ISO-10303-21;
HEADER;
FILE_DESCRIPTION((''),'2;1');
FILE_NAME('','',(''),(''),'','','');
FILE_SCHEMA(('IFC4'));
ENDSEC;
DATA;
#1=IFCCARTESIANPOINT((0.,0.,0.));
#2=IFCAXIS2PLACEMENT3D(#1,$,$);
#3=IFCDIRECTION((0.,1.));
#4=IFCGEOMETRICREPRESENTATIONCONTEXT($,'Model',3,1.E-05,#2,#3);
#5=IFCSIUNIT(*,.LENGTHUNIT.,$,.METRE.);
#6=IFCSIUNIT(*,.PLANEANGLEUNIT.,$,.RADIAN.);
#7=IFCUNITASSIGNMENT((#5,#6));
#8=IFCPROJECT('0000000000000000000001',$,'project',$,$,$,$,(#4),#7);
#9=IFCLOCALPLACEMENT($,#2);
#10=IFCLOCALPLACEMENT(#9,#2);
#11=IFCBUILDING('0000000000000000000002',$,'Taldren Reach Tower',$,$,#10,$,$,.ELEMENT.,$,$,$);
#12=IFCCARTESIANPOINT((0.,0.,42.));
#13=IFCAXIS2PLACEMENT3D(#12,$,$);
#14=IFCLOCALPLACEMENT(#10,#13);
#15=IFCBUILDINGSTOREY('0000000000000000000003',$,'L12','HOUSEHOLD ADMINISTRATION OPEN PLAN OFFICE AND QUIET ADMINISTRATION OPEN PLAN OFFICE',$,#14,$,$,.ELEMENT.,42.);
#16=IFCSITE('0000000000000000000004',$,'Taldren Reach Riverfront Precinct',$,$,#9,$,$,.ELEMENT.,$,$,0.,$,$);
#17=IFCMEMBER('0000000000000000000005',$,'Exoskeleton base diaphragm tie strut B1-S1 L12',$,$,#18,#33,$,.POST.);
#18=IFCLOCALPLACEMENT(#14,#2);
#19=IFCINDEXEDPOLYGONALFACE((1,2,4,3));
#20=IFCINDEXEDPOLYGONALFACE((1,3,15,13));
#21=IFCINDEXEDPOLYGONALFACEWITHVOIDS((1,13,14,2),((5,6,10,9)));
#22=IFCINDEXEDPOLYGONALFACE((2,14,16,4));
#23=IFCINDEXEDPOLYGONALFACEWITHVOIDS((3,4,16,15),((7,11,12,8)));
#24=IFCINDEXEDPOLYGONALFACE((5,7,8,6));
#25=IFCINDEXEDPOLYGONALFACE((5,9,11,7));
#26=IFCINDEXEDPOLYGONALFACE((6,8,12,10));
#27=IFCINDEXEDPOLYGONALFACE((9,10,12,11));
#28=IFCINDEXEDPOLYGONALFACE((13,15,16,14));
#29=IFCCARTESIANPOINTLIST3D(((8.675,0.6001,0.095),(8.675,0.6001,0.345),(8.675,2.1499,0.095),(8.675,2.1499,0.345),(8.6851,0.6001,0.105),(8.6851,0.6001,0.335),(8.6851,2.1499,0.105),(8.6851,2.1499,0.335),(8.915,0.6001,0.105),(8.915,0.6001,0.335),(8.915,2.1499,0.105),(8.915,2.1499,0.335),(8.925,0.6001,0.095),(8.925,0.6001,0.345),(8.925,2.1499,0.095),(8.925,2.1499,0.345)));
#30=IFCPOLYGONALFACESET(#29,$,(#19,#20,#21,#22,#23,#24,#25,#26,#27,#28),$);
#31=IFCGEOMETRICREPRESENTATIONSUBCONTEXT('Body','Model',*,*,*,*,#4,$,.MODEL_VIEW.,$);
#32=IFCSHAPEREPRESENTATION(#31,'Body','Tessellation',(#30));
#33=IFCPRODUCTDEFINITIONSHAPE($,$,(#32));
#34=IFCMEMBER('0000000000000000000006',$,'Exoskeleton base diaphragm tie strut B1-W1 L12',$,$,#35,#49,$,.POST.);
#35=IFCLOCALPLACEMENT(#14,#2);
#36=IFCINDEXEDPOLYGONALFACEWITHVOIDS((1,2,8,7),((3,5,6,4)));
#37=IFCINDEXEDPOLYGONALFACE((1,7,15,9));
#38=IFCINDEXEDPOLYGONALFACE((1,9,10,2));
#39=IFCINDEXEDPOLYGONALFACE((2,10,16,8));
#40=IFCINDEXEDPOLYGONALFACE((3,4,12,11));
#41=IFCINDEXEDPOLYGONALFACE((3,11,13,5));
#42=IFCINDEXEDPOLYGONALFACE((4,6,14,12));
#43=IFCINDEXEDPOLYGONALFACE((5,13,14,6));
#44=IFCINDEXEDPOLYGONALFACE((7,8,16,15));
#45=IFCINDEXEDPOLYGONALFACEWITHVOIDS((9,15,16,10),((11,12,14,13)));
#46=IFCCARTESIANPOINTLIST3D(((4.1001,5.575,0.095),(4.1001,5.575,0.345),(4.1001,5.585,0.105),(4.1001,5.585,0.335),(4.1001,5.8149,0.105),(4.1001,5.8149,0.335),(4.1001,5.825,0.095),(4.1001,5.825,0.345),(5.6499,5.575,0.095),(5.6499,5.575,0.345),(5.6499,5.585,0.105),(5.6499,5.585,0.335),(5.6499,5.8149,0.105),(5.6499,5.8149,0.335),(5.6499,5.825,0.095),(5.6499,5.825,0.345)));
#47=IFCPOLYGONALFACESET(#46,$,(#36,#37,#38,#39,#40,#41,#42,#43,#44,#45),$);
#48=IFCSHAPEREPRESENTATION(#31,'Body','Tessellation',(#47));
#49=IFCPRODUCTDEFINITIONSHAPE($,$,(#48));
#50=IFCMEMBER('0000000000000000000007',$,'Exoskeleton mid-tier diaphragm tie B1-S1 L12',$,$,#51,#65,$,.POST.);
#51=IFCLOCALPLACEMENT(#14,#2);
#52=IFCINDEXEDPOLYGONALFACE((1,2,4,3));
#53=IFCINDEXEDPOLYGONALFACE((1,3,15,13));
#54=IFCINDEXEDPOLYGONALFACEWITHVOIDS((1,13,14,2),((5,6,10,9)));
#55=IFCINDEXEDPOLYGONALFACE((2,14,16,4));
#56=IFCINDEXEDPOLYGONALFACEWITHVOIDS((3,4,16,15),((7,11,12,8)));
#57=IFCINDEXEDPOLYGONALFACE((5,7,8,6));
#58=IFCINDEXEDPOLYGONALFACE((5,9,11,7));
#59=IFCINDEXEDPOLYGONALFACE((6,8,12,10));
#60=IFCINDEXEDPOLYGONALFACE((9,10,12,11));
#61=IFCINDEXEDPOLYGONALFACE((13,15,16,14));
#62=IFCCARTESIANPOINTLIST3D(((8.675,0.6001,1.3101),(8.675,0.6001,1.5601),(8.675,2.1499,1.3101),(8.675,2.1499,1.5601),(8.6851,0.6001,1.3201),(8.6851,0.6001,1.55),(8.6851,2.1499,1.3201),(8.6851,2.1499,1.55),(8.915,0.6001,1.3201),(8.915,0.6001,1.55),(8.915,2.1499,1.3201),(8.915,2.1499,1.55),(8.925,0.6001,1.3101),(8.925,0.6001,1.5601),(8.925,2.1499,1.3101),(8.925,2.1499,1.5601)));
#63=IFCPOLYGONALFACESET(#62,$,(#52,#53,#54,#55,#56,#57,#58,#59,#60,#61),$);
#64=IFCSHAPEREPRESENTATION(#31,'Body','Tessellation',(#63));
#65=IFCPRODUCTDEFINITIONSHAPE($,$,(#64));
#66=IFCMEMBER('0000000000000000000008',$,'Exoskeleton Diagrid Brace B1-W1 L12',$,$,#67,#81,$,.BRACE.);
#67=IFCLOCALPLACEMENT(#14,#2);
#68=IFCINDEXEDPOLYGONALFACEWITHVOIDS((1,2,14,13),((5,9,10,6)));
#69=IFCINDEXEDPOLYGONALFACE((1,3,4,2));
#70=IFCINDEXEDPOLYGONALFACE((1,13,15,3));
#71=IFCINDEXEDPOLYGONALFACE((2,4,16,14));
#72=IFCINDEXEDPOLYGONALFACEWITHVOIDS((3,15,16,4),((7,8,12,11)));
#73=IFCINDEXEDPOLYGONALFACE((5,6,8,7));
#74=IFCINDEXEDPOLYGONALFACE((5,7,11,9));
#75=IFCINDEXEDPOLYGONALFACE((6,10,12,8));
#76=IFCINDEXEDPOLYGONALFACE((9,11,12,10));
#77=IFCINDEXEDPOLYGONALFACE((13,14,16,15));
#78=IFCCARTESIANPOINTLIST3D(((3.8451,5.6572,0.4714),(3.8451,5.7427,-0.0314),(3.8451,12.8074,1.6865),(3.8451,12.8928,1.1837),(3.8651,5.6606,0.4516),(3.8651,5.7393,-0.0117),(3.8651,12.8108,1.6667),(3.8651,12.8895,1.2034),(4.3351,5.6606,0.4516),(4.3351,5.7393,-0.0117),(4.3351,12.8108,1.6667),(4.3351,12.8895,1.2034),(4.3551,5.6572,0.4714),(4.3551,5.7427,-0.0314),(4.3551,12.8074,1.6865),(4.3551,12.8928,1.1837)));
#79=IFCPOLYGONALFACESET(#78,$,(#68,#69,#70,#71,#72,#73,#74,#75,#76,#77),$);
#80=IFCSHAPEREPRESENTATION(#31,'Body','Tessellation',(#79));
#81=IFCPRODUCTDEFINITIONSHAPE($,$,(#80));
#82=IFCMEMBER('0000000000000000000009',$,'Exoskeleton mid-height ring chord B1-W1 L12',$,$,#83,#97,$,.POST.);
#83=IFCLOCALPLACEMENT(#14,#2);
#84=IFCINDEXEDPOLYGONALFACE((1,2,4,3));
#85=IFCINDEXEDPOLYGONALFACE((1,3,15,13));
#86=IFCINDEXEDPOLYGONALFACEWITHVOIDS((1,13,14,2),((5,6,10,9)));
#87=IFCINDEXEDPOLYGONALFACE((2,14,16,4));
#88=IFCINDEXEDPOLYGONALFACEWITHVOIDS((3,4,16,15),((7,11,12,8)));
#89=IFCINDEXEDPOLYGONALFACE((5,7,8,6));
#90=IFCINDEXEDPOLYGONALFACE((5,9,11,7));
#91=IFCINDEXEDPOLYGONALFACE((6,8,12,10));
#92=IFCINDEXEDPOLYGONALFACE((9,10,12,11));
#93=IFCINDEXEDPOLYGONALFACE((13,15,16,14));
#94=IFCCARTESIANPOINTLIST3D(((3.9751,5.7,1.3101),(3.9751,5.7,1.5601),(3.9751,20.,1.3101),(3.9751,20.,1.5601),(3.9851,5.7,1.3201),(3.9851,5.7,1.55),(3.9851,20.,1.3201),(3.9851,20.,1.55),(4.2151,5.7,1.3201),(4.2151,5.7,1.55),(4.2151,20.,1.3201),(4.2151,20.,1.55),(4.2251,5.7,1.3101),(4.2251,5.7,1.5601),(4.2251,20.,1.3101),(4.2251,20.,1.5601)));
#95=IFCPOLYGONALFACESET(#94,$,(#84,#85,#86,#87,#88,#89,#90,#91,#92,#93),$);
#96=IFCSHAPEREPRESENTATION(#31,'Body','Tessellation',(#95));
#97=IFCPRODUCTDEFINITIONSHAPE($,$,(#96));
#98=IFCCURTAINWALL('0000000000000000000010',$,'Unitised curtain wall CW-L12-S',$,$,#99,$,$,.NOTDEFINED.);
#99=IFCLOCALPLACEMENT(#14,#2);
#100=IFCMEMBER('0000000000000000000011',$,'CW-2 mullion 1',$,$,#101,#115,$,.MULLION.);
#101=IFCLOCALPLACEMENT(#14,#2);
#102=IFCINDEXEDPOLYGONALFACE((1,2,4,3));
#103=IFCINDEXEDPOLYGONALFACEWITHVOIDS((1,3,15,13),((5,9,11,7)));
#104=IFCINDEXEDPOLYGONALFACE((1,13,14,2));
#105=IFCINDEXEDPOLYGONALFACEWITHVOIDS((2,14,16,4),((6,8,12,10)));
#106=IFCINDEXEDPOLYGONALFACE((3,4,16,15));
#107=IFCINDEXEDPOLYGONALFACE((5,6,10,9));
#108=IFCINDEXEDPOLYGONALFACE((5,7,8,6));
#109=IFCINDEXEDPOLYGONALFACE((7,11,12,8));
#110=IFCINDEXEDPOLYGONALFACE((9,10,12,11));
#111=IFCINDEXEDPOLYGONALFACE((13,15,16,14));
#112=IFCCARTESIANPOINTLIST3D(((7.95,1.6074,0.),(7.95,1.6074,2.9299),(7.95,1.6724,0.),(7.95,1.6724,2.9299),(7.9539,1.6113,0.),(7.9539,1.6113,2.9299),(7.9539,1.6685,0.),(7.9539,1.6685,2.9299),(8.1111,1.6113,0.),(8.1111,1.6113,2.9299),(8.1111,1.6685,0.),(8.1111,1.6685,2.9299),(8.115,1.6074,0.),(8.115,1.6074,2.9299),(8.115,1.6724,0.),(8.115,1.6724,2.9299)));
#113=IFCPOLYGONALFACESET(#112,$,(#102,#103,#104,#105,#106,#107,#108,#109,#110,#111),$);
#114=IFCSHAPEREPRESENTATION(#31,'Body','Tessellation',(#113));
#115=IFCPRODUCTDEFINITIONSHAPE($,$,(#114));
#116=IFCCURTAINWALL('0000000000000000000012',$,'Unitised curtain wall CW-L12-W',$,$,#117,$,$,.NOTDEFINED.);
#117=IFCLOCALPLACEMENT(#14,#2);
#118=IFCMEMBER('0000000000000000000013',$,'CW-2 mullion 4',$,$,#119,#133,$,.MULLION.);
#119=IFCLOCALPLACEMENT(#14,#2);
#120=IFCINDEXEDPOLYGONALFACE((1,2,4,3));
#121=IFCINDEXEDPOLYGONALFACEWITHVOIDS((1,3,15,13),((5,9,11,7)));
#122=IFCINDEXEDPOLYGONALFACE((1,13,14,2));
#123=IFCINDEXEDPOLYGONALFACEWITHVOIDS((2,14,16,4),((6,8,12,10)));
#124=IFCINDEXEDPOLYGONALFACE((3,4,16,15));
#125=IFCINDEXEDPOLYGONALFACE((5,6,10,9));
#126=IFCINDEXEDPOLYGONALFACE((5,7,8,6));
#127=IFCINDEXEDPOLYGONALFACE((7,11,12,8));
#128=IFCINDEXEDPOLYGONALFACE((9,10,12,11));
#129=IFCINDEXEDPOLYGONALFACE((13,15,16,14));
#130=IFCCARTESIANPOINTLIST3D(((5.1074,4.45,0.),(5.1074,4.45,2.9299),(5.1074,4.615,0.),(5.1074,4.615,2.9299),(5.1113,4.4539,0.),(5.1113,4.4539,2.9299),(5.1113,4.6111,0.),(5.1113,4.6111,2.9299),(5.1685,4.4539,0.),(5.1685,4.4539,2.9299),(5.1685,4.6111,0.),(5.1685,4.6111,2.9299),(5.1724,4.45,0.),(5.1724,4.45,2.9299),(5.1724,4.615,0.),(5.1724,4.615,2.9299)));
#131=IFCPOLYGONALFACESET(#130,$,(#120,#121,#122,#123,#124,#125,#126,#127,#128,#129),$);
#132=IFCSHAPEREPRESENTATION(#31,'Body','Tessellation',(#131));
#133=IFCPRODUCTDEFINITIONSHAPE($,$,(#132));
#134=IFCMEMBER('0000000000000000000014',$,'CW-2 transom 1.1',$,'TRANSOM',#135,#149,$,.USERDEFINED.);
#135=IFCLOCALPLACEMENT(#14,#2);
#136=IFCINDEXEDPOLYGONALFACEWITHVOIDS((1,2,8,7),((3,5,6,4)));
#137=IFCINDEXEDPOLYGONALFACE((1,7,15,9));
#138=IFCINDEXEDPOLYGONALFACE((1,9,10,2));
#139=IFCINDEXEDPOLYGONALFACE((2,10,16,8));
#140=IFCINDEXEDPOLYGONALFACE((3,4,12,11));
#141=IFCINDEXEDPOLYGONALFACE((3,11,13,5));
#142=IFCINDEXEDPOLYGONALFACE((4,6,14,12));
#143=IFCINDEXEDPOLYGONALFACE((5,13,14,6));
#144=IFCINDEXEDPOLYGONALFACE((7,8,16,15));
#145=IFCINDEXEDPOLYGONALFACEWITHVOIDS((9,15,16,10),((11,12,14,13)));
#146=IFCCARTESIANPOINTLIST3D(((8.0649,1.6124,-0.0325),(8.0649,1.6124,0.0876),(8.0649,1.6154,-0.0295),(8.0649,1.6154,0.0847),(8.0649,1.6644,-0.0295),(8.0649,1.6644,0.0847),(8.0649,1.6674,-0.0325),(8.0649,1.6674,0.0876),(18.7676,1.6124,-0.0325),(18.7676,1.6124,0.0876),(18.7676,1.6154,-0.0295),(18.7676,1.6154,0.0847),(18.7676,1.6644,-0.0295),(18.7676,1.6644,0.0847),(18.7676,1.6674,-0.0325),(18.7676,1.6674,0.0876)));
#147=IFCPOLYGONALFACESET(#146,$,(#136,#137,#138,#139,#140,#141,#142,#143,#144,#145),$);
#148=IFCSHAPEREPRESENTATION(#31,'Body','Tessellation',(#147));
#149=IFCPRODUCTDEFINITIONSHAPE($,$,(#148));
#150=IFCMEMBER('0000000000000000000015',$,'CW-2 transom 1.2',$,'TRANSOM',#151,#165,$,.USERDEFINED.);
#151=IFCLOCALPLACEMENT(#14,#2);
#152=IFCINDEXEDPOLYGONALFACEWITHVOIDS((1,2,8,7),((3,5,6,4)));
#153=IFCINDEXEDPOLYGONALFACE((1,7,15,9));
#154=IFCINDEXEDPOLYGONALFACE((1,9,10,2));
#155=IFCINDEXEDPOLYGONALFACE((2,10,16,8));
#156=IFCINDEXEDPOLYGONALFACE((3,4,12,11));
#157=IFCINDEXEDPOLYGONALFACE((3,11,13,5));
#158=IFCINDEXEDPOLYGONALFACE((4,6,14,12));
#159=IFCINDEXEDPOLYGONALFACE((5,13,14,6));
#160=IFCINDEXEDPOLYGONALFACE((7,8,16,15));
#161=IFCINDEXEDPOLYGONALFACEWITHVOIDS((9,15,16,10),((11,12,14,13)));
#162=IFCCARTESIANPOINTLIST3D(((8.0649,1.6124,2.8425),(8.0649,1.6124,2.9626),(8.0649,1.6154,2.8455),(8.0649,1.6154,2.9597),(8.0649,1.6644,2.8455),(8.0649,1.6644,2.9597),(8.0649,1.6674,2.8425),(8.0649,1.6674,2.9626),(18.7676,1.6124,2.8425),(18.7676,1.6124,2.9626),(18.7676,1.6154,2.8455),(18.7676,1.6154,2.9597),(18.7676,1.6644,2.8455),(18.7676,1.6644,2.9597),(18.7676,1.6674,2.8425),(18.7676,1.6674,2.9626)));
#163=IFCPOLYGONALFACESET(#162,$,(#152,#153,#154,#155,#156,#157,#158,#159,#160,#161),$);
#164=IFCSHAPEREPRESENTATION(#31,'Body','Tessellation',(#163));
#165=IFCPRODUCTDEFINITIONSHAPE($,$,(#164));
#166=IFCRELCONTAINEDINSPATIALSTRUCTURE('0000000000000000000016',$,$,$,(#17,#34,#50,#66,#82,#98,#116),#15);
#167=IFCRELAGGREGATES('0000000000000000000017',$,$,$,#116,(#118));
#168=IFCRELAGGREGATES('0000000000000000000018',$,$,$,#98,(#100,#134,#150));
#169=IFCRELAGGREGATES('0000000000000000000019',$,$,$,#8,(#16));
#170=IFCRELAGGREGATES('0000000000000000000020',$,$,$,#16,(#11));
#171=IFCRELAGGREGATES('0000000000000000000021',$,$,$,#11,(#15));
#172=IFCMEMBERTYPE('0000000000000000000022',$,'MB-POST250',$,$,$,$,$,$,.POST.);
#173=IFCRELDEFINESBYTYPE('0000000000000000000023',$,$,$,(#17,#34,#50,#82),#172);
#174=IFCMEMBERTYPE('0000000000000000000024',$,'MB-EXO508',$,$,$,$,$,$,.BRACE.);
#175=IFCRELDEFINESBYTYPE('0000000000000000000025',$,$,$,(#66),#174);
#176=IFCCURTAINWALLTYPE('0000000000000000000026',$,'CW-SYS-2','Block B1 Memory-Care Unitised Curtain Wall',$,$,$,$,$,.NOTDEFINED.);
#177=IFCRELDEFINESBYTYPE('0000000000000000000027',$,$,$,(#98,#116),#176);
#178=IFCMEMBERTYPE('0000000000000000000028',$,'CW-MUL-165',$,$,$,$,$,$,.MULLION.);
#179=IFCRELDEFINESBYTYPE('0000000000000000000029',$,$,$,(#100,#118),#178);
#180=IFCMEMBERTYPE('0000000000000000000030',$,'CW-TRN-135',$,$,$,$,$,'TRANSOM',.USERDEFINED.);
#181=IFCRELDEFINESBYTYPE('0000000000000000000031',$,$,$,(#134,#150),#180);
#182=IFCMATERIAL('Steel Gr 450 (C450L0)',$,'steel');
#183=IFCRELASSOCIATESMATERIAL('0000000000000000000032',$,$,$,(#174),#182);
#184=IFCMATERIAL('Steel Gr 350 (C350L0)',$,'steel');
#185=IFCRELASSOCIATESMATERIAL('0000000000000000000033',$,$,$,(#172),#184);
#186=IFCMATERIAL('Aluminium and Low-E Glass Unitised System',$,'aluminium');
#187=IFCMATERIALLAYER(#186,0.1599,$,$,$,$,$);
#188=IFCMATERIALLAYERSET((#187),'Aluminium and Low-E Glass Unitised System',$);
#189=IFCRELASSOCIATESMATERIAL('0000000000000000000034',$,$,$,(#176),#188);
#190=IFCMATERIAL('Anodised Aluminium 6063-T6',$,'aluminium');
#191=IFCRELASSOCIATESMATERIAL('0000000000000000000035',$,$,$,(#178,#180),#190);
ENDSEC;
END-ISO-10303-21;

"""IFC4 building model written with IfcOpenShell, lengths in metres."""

from ifc_helpers import new_model, si_unit, direction, frame, origin, origin_2d, place, context, subcontext, project, spatial, hollow_rectangle, extrude, source, transform, mapped, material, layer, layer_set, material_profile, profile_set, type_object, element, aggregate, save


model = new_model("IFC4")

# Units and contexts
model_context = context("Model", 3, precision=1e-05, world=origin(), true_north=direction((0.0, 1.0)))
body_context = subcontext(model_context, "Body", "Model", "MODEL_VIEW")
ifc_project = project(units=[si_unit("LENGTHUNIT", "METRE"), si_unit("PLANEANGLEUNIT", "RADIAN")], contexts=[model_context])

# Site, building, storey
site_placement = place(None, origin())
site = spatial("IfcSite", under=ifc_project, at=site_placement, Name="Taldren Reach Riverfront Precinct", CompositionType="ELEMENT", RefElevation=0.0)
building_placement = place(site_placement, origin())
building = spatial("IfcBuilding", under=site, at=building_placement, Name="Taldren Reach Tower", CompositionType="ELEMENT")
storey_placement = place(building_placement, frame((0.0, 0.0, 42.0)))
storey = spatial("IfcBuildingStorey", under=building, at=storey_placement, Name="L12", Description="HOUSEHOLD ADMINISTRATION OPEN PLAN OFFICE AND QUIET ADMINISTRATION OPEN PLAN OFFICE", CompositionType="ELEMENT", Elevation=42.0)

# Members
ifc_material_1 = material(Name="Steel Gr 450 (C450L0)", Category="steel")
ifc_material_profile_1 = material_profile(ifc_material_1, hollow_rectangle(XDim=0.51, YDim=0.51, WallThickness=0.02, at=origin_2d()), Name="510x510x20.0SHS")
ifc_profile_set_1 = profile_set([ifc_material_profile_1], Name="Steel Gr 450 (C450L0)")
member_type_1 = type_object("IfcMemberType", Name="MB-EXO508", PredefinedType="BRACE", material=ifc_profile_set_1)
ifc_material_2 = material(Name="Steel Gr 350 (C350L0)", Category="steel")
ifc_material_profile_2 = material_profile(ifc_material_2, hollow_rectangle(XDim=0.25, YDim=0.25, WallThickness=0.01, at=origin_2d()), Name="250x250x10.0SHS")
ifc_profile_set_2 = profile_set([ifc_material_profile_2], Name="Steel Gr 350 (C350L0)")
member_type_2 = type_object("IfcMemberType", Name="MB-POST250", PredefinedType="POST", material=ifc_profile_set_2)
shared_shape_1 = source(origin(), body_context, "Body", "SweptSolid", [
    extrude(hollow_rectangle(XDim=0.25, YDim=0.25, WallThickness=0.01, at=origin_2d()), origin(), (0.0, 0.0, 1.0), 1.5498),
])
for number, where, z_axis, x_axis, name in (
    (1, (8.8, 2.1499, 0.22), (0.0, -1.0, 0.0), (1.0, 0.0, 0.0), "Exoskeleton base diaphragm tie strut B1-S1 L12"),
    (2, (5.6499, 5.7, 0.22), (-1.0, 0.0, 0.0), (0.0, -1.0, 0.0), "Exoskeleton base diaphragm tie strut B1-W1 L12"),
    (3, (8.8, 2.1499, 1.4351), (0.0, -1.0, 0.0), (1.0, 0.0, 0.0), "Exoskeleton mid-tier diaphragm tie B1-S1 L12"),
):
    element("IfcMember", number, at=place(storey_placement, frame(where, z_axis=z_axis, x_axis=x_axis)), inside=storey, type_object=member_type_2, Name=name, PredefinedType="POST", context=body_context, shape_type="MappedRepresentation", body=[
        mapped(shared_shape_1, transform((0.0, 0.0, 0.0), scale=1.0)),
    ])
shared_shape_2 = source(origin(), body_context, "Body", "SweptSolid", [
    extrude(hollow_rectangle(XDim=0.51, YDim=0.51, WallThickness=0.02, at=origin_2d()), origin(), (0.0, 0.0, 1.0), 7.2527),
])
member_1_placement = place(storey_placement, frame((4.1001, 5.7, 0.22), z_axis=(0.0, 0.985866, 0.167537), x_axis=(-1.0, 0.0, 0.0)))
element("IfcMember", 4, at=member_1_placement, inside=storey, type_object=member_type_1, Name="Exoskeleton Diagrid Brace B1-W1 L12", PredefinedType="BRACE", context=body_context, shape_type="MappedRepresentation", body=[
    mapped(shared_shape_2, transform((0.0, 0.0, 0.0), scale=1.0)),
])
shared_shape_3 = source(origin(), body_context, "Body", "SweptSolid", [
    extrude(hollow_rectangle(XDim=0.25, YDim=0.25, WallThickness=0.01, at=origin_2d()), origin(), (0.0, 0.0, 1.0), 14.3),
])
member_2_placement = place(storey_placement, frame((4.1001, 5.7, 1.4351), z_axis=(0.0, 1.0, 0.0), x_axis=(-1.0, 0.0, 0.0)))
element("IfcMember", 5, at=member_2_placement, inside=storey, type_object=member_type_2, Name="Exoskeleton mid-height ring chord B1-W1 L12", PredefinedType="POST", context=body_context, shape_type="MappedRepresentation", body=[
    mapped(shared_shape_3, transform((0.0, 0.0, 0.0), scale=1.0)),
])

# Curtain walls, members
ifc_material_3 = material(Name="Aluminium and Low-E Glass Unitised System", Category="aluminium")
ifc_layer_1 = layer(ifc_material_3, 0.1599)
ifc_layer_set_1 = layer_set([ifc_layer_1], Name="Aluminium and Low-E Glass Unitised System")
curtain_wall_type = type_object("IfcCurtainWallType", Name="CW-SYS-2", Description="Block B1 Memory-Care Unitised Curtain Wall", PredefinedType="NOTDEFINED", material=ifc_layer_set_1)
curtain_wall_1_placement = place(storey_placement, origin())
curtain_wall_1 = element("IfcCurtainWall", 6, at=curtain_wall_1_placement, inside=storey, type_object=curtain_wall_type, Name="Unitised curtain wall CW-L12-S", PredefinedType="NOTDEFINED")
ifc_material_4 = material(Name="Anodised Aluminium 6063-T6", Category="aluminium")
ifc_material_profile_3 = material_profile(ifc_material_4, hollow_rectangle(XDim=0.0649, YDim=0.165, WallThickness=0.0039, at=origin_2d()), Name="ALU-165x65x4RHS")
ifc_profile_set_3 = profile_set([ifc_material_profile_3], Name="Anodised Aluminium 6063-T6")
member_type_3 = type_object("IfcMemberType", Name="CW-MUL-165", PredefinedType="MULLION", material=ifc_profile_set_3)
shared_shape_4 = source(origin(), body_context, "Body", "SweptSolid", [
    extrude(hollow_rectangle(XDim=0.0649, YDim=0.165, WallThickness=0.0039, at=origin_2d()), origin(), (0.0, 0.0, 1.0), 2.9299),
])
member_3_placement = place(storey_placement, frame((8.0325, 1.6399, 0.0), z_axis=(0.0, 0.0, 1.0), x_axis=(0.0, 1.0, 0.0)))
member_3 = element("IfcMember", 7, at=member_3_placement, type_object=member_type_3, Name="CW-2 mullion 1", PredefinedType="MULLION", context=body_context, shape_type="MappedRepresentation", body=[
    mapped(shared_shape_4, transform((0.0, 0.0, 0.0), scale=1.0)),
])
curtain_wall_2_placement = place(storey_placement, origin())
curtain_wall_2 = element("IfcCurtainWall", 8, at=curtain_wall_2_placement, inside=storey, type_object=curtain_wall_type, Name="Unitised curtain wall CW-L12-W", PredefinedType="NOTDEFINED")
member_4_placement = place(storey_placement, frame((5.1399, 4.5325, 0.0), z_axis=(0.0, 0.0, 1.0), x_axis=(1.0, 0.0, 0.0)))
member_4 = element("IfcMember", 9, at=member_4_placement, type_object=member_type_3, Name="CW-2 mullion 4", PredefinedType="MULLION", context=body_context, shape_type="MappedRepresentation", body=[
    mapped(shared_shape_4, transform((0.0, 0.0, 0.0), scale=1.0)),
])
aggregate(curtain_wall_2, [member_4])

# Members
ifc_material_profile_4 = material_profile(ifc_material_4, hollow_rectangle(XDim=0.0549, YDim=0.1201, WallThickness=0.0029, at=origin_2d()), Name="ALU-120x55x3RHS")
ifc_profile_set_4 = profile_set([ifc_material_profile_4], Name="Anodised Aluminium 6063-T6")
member_type_4 = type_object("IfcMemberType", Name="CW-TRN-135", ElementType="TRANSOM", PredefinedType="USERDEFINED", material=ifc_profile_set_4)
shared_shape_5 = source(origin(), body_context, "Body", "SweptSolid", [
    extrude(hollow_rectangle(XDim=0.0549, YDim=0.1201, WallThickness=0.0029, at=origin_2d()), origin(), (0.0, 0.0, 1.0), 10.7026),
])
member_5_placement = place(storey_placement, frame((8.0649, 1.6399, 0.0276), z_axis=(1.0, 0.0, 0.0), x_axis=(0.0, 1.0, 0.0)))
member_5 = element("IfcMember", 10, at=member_5_placement, type_object=member_type_4, Name="CW-2 transom 1.1", ObjectType="TRANSOM", PredefinedType="USERDEFINED", context=body_context, shape_type="MappedRepresentation", body=[
    mapped(shared_shape_5, transform((0.0, 0.0, 0.0), scale=1.0)),
])
member_6_placement = place(storey_placement, frame((8.0649, 1.6399, 2.9026), z_axis=(1.0, 0.0, 0.0), x_axis=(0.0, 1.0, 0.0)))
member_6 = element("IfcMember", 11, at=member_6_placement, type_object=member_type_4, Name="CW-2 transom 1.2", ObjectType="TRANSOM", PredefinedType="USERDEFINED", context=body_context, shape_type="MappedRepresentation", body=[
    mapped(shared_shape_5, transform((0.0, 0.0, 0.0), scale=1.0)),
])

aggregate(curtain_wall_1, [member_3, member_5, member_6])

save(model, "model.ifc")
